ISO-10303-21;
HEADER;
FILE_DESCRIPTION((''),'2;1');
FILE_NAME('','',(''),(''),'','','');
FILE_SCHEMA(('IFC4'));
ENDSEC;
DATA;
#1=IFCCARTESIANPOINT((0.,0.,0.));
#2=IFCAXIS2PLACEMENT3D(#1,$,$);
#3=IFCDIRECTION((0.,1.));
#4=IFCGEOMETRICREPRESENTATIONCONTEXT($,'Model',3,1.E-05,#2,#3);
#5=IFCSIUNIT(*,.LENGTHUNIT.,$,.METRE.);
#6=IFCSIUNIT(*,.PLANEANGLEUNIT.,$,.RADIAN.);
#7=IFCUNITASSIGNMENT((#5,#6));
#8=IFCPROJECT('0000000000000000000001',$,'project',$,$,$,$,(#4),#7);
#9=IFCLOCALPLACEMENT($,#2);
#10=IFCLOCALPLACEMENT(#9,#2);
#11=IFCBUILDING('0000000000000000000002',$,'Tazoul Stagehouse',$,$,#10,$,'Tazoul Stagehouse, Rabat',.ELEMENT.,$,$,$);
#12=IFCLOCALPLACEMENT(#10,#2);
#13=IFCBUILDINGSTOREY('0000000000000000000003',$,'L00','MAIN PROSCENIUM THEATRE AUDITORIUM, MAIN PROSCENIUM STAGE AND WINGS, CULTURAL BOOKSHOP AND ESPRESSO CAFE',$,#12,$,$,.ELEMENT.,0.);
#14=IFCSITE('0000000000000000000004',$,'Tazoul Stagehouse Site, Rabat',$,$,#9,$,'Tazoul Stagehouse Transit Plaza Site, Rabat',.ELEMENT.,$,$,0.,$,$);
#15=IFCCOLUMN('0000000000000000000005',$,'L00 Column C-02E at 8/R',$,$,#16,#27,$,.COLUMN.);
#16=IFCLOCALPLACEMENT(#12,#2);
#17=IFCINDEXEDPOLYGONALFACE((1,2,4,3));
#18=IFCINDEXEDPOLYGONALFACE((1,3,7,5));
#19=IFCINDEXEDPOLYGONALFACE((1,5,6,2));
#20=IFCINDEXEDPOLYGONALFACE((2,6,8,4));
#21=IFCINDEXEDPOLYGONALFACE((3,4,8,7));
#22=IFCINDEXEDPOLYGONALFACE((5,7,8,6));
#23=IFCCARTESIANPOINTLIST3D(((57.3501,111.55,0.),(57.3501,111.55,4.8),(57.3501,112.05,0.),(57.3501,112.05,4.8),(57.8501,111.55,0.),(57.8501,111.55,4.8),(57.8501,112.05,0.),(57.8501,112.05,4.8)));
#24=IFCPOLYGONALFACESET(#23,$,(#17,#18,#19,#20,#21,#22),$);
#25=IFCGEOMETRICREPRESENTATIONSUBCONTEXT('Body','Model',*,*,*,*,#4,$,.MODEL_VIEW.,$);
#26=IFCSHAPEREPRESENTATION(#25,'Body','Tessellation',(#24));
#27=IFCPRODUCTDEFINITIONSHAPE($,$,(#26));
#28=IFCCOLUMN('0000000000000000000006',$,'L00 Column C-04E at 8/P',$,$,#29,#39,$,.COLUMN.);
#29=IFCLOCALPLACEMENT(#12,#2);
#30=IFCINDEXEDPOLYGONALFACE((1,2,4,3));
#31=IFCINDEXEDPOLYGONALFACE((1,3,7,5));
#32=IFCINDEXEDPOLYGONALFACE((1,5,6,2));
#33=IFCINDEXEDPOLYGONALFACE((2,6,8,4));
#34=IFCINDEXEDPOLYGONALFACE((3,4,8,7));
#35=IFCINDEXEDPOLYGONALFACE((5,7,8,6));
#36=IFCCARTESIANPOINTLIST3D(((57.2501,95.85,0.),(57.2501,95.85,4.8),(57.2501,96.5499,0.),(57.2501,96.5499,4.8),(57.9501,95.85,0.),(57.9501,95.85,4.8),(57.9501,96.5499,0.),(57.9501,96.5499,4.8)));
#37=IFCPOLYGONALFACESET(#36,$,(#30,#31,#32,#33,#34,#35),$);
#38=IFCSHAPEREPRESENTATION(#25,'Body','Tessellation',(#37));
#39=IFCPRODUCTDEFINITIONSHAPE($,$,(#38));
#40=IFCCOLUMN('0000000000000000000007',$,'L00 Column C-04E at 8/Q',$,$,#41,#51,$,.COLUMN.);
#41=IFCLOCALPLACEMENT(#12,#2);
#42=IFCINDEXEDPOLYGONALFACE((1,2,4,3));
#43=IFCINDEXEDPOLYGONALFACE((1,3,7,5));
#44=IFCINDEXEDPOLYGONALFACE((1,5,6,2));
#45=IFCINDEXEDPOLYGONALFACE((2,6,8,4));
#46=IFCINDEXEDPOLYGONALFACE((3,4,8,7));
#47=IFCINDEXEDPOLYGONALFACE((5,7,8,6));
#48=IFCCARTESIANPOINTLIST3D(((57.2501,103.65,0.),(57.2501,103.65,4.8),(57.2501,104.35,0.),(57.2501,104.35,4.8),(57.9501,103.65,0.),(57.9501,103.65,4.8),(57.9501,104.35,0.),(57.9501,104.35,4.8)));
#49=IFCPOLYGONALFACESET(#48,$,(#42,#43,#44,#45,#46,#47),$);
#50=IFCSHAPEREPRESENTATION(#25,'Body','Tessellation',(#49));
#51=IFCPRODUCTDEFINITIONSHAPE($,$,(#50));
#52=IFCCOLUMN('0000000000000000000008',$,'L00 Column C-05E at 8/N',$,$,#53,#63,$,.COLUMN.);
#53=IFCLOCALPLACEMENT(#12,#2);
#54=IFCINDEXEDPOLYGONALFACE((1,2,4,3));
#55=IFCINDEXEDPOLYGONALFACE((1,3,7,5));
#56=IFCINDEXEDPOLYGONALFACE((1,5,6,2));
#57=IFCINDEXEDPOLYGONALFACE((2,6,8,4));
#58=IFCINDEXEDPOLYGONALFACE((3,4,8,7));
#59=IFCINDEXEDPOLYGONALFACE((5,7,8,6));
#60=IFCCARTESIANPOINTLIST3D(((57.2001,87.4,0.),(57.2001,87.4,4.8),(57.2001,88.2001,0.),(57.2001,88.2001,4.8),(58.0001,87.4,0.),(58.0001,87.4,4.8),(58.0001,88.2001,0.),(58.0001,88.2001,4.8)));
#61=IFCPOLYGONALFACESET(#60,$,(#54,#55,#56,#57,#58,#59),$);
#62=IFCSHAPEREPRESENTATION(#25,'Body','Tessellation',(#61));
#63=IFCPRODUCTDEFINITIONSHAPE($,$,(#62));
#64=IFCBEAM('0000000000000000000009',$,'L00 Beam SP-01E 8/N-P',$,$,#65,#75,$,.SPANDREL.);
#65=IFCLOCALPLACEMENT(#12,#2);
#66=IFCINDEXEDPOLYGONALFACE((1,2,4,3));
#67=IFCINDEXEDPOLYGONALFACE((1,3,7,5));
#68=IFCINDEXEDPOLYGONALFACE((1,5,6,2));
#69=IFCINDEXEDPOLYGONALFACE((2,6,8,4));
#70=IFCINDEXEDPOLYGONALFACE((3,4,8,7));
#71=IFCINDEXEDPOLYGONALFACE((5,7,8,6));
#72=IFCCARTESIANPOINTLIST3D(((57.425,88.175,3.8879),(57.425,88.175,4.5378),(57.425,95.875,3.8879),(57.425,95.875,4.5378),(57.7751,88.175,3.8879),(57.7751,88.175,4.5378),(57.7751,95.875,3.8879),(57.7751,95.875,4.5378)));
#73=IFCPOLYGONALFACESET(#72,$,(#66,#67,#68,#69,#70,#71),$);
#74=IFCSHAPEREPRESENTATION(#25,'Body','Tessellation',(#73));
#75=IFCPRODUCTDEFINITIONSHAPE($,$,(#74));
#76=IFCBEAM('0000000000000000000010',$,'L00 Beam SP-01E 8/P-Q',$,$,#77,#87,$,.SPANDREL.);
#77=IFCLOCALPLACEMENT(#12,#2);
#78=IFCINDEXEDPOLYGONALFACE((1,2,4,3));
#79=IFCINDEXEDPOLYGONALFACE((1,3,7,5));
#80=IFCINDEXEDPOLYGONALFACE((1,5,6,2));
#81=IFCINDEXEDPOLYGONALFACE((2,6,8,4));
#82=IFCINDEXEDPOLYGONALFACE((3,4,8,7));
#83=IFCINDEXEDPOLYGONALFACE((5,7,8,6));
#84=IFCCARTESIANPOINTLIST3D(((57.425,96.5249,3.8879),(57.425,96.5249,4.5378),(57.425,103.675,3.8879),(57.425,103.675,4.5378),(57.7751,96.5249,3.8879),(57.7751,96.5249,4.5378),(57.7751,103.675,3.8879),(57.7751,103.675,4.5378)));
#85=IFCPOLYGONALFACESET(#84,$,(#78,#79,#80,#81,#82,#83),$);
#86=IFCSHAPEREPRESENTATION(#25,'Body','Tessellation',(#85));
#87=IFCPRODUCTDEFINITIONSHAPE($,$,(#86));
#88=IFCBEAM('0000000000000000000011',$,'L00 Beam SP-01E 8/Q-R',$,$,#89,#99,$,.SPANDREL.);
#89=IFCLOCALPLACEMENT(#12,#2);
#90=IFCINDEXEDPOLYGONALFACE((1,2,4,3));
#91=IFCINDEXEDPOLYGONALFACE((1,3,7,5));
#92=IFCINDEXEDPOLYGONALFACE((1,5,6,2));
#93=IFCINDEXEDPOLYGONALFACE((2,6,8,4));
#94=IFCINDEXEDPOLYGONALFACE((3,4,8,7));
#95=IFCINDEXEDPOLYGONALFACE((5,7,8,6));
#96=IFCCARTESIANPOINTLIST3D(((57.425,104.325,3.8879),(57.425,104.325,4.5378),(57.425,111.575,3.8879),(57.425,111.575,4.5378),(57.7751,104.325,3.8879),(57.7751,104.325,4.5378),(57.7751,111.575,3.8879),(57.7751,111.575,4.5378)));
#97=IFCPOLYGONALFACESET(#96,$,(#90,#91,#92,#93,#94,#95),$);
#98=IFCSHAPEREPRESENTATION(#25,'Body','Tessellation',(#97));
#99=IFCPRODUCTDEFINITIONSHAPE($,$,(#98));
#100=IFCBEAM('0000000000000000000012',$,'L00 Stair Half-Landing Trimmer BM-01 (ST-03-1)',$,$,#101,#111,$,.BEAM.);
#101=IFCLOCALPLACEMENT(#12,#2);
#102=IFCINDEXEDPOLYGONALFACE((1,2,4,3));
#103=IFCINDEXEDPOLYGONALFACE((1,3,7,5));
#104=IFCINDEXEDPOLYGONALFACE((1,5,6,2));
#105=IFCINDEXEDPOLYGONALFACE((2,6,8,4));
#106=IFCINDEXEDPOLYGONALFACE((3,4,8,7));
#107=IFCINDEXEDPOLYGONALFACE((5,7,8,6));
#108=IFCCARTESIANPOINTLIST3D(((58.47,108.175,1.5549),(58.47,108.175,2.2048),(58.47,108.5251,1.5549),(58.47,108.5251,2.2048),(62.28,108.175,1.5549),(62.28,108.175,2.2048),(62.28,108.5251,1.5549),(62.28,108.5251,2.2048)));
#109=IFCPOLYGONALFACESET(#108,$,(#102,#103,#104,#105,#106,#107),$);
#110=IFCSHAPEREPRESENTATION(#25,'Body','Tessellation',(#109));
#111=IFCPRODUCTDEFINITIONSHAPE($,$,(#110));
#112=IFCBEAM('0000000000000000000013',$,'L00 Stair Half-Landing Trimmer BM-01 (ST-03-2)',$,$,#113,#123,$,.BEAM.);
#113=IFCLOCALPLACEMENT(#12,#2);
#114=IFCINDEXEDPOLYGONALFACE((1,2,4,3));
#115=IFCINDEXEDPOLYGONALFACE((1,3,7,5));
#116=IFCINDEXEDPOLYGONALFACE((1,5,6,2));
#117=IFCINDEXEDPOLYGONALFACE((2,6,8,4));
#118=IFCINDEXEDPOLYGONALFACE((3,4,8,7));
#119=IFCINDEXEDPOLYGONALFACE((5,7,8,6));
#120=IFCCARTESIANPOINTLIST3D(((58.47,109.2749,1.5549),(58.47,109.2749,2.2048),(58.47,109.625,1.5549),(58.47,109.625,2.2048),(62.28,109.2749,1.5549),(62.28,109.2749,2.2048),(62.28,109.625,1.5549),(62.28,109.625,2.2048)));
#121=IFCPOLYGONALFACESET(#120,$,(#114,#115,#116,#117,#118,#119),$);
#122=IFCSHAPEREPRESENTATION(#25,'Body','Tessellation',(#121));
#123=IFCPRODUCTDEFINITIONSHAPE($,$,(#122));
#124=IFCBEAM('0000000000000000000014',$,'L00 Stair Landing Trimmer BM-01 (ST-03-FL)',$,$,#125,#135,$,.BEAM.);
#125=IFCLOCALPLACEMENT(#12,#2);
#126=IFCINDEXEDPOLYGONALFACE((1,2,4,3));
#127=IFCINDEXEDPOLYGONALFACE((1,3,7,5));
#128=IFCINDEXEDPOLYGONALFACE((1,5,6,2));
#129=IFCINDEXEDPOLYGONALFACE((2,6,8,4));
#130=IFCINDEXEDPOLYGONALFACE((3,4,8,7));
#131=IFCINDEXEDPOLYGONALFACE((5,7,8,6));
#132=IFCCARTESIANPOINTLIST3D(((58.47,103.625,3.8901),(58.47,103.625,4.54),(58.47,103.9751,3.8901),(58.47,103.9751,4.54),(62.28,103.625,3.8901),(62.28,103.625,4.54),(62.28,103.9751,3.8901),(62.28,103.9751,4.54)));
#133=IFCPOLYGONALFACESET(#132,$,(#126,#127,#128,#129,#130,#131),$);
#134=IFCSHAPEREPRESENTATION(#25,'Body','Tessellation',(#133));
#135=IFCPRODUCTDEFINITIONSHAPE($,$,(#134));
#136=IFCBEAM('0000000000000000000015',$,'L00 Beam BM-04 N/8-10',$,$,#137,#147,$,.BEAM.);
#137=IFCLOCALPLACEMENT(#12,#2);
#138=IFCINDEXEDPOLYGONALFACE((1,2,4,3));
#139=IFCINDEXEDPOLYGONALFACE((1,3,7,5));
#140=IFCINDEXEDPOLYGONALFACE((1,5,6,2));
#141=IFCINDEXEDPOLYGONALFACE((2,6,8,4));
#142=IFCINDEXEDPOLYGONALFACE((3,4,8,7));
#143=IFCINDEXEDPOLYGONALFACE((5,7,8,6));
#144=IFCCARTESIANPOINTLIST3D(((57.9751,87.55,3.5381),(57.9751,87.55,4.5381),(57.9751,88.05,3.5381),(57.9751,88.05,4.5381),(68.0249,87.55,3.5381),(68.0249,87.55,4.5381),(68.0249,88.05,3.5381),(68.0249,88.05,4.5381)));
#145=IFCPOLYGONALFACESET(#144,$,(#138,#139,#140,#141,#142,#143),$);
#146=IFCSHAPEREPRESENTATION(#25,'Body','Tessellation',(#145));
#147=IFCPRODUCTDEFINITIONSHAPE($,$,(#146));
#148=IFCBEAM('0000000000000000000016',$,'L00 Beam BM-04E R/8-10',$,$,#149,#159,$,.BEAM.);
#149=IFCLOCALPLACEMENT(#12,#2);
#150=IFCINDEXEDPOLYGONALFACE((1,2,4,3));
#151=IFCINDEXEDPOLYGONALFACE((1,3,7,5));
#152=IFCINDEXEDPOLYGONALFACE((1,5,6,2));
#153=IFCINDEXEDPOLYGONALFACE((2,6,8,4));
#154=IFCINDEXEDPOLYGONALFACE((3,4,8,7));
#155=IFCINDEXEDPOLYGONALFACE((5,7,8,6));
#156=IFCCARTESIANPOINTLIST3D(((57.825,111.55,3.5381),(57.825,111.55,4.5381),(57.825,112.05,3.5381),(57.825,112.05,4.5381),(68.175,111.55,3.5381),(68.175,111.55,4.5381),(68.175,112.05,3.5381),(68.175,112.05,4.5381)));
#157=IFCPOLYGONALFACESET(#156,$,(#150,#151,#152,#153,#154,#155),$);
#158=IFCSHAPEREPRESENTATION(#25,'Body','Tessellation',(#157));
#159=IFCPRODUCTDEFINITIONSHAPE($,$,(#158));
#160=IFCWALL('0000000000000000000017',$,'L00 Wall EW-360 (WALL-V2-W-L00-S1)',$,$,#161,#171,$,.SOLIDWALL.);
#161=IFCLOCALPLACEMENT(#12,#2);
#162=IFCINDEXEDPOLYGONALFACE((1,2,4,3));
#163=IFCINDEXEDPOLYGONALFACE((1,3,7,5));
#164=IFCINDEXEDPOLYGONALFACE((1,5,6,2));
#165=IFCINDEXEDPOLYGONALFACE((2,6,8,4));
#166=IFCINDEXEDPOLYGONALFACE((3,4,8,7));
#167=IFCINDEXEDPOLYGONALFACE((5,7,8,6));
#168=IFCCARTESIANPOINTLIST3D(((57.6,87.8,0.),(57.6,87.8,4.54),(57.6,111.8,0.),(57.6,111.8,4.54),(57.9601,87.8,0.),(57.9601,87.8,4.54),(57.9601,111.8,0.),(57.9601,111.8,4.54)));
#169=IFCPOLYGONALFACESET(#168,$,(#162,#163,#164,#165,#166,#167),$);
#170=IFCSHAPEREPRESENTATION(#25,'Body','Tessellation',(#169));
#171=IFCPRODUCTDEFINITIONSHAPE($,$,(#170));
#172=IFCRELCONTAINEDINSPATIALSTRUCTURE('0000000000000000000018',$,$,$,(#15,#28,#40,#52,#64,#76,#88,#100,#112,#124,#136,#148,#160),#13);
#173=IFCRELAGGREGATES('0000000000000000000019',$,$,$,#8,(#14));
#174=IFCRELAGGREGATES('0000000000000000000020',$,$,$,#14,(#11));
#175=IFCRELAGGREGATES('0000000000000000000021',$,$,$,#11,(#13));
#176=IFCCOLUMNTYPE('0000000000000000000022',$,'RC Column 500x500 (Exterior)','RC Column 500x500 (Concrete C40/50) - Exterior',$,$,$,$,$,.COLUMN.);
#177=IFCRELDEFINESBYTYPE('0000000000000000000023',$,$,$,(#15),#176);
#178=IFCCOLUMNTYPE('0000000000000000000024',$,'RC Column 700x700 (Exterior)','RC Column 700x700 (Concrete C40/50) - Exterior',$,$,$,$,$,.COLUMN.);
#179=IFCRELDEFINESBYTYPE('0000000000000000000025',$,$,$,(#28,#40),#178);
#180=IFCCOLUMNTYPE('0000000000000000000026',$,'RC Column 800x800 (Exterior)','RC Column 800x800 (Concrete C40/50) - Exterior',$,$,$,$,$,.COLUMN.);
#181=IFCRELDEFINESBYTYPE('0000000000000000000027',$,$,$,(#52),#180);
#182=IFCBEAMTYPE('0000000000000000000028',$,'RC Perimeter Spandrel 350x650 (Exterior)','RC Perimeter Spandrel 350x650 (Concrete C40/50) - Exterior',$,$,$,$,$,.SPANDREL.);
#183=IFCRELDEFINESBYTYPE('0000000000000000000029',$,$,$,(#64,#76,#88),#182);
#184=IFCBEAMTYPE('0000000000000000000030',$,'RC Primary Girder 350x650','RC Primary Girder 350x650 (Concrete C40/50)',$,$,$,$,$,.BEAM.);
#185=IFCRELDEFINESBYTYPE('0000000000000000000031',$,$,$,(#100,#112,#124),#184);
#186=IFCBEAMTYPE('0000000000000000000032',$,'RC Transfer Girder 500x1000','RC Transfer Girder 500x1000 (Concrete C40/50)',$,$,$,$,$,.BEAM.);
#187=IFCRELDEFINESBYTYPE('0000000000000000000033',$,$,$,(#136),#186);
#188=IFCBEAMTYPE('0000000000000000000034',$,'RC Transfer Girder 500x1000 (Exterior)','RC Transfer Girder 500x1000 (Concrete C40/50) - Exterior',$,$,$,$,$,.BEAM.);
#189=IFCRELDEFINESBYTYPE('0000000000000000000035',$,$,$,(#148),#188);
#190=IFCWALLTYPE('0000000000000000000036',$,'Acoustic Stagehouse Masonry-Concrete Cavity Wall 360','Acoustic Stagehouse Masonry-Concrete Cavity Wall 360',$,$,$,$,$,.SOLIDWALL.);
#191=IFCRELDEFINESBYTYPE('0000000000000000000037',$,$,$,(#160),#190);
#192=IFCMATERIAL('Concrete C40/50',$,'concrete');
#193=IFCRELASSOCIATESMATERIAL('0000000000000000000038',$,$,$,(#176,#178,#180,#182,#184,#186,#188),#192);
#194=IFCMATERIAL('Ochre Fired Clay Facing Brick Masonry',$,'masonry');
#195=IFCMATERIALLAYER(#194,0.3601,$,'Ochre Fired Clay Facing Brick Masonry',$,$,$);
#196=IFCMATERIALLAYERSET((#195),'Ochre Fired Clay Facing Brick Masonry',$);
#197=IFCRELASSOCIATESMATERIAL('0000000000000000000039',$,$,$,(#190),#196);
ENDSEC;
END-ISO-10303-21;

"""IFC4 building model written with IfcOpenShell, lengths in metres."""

from ifc_helpers import new_model, si_unit, direction, frame, frame_2d, origin, origin_2d, place, context, subcontext, project, spatial, rectangle, extrude, material, layer, layer_set, material_profile, profile_set, type_object, element, save


model = new_model("IFC4")

# Units and contexts
model_context = context("Model", 3, precision=1e-05, world=origin(), true_north=direction((0.0, 1.0)))
body_context = subcontext(model_context, "Body", "Model", "MODEL_VIEW")
ifc_project = project(units=[si_unit("LENGTHUNIT", "METRE"), si_unit("PLANEANGLEUNIT", "RADIAN")], contexts=[model_context])

# Site, building, storey
site_placement = place(None, origin())
site = spatial("IfcSite", under=ifc_project, at=site_placement, Name="Tazoul Stagehouse Site, Rabat", LongName="Tazoul Stagehouse Transit Plaza Site, Rabat", CompositionType="ELEMENT", RefElevation=0.0)
building_placement = place(site_placement, origin())
building = spatial("IfcBuilding", under=site, at=building_placement, Name="Tazoul Stagehouse", LongName="Tazoul Stagehouse, Rabat", CompositionType="ELEMENT")
storey_placement = place(building_placement, origin())
storey = spatial("IfcBuildingStorey", under=building, at=storey_placement, Name="L00", Description="MAIN PROSCENIUM THEATRE AUDITORIUM, MAIN PROSCENIUM STAGE AND WINGS, CULTURAL BOOKSHOP AND ESPRESSO CAFE", CompositionType="ELEMENT", Elevation=0.0)

# Columns
ifc_material_1 = material(Name="Concrete C40/50", Category="concrete")
ifc_material_profile_1 = material_profile(ifc_material_1, rectangle(XDim=0.5, YDim=0.5, at=origin_2d()), Name="RC 500x500")
ifc_profile_set_1 = profile_set([ifc_material_profile_1], Name="Concrete C40/50")
column_type_1 = type_object("IfcColumnType", Name="RC Column 500x500 (Exterior)", Description="RC Column 500x500 (Concrete C40/50) - Exterior", PredefinedType="COLUMN", material=ifc_profile_set_1)
column_1_placement = place(storey_placement, frame((57.6001, 111.8, 0.0), z_axis=(0.0, 0.0, 1.0), x_axis=(1.0, 0.0, 0.0)))
element("IfcColumn", 1, at=column_1_placement, inside=storey, type_object=column_type_1, Name="L00 Column C-02E at 8/R", PredefinedType="COLUMN", context=body_context, shape_type="SweptSolid", body=[
    extrude(rectangle(XDim=0.5, YDim=0.5, at=origin_2d()), origin(), (0.0, 0.0, 1.0), 4.8),
])
ifc_material_profile_2 = material_profile(ifc_material_1, rectangle(XDim=0.7, YDim=0.7, at=origin_2d()), Name="RC 700x700")
ifc_profile_set_2 = profile_set([ifc_material_profile_2], Name="Concrete C40/50")
column_type_2 = type_object("IfcColumnType", Name="RC Column 700x700 (Exterior)", Description="RC Column 700x700 (Concrete C40/50) - Exterior", PredefinedType="COLUMN", material=ifc_profile_set_2)
for number, where, z_axis, x_axis, name in (
    (2, (57.6001, 96.2, 0.0), (0.0, 0.0, 1.0), (1.0, 0.0, 0.0), "L00 Column C-04E at 8/P"),
    (3, (57.6001, 104.0, 0.0), (0.0, 0.0, 1.0), (1.0, 0.0, 0.0), "L00 Column C-04E at 8/Q"),
):
    element("IfcColumn", number, at=place(storey_placement, frame(where, z_axis=z_axis, x_axis=x_axis)), inside=storey, type_object=column_type_2, Name=name, PredefinedType="COLUMN", context=body_context, shape_type="SweptSolid", body=[
        extrude(rectangle(XDim=0.7, YDim=0.7, at=origin_2d()), origin(), (0.0, 0.0, 1.0), 4.8),
    ])
ifc_material_profile_3 = material_profile(ifc_material_1, rectangle(XDim=0.8, YDim=0.8, at=origin_2d()), Name="RC 800x800")
ifc_profile_set_3 = profile_set([ifc_material_profile_3], Name="Concrete C40/50")
column_type_3 = type_object("IfcColumnType", Name="RC Column 800x800 (Exterior)", Description="RC Column 800x800 (Concrete C40/50) - Exterior", PredefinedType="COLUMN", material=ifc_profile_set_3)
column_2_placement = place(storey_placement, frame((57.6001, 87.8, 0.0), z_axis=(0.0, 0.0, 1.0), x_axis=(1.0, 0.0, 0.0)))
element("IfcColumn", 4, at=column_2_placement, inside=storey, type_object=column_type_3, Name="L00 Column C-05E at 8/N", PredefinedType="COLUMN", context=body_context, shape_type="SweptSolid", body=[
    extrude(rectangle(XDim=0.8, YDim=0.8, at=origin_2d()), origin(), (0.0, 0.0, 1.0), 4.8),
])

# Beams
ifc_material_profile_4 = material_profile(ifc_material_1, rectangle(XDim=0.3501, YDim=0.6499, at=origin_2d()), Name="RC 350x650")
ifc_profile_set_4 = profile_set([ifc_material_profile_4], Name="Concrete C40/50")
beam_type_1 = type_object("IfcBeamType", Name="RC Perimeter Spandrel 350x650 (Exterior)", Description="RC Perimeter Spandrel 350x650 (Concrete C40/50) - Exterior", PredefinedType="SPANDREL", material=ifc_profile_set_4)
beam_1_placement = place(storey_placement, frame((57.6001, 88.175, 4.2129), z_axis=(0.0, 1.0, 0.0), x_axis=(-1.0, 0.0, 0.0)))
element("IfcBeam", 5, at=beam_1_placement, inside=storey, type_object=beam_type_1, Name="L00 Beam SP-01E 8/N-P", PredefinedType="SPANDREL", context=body_context, shape_type="SweptSolid", body=[
    extrude(rectangle(XDim=0.3501, YDim=0.6499, at=origin_2d()), origin(), (0.0, 0.0, 1.0), 7.7),
])
beam_2_placement = place(storey_placement, frame((57.6001, 96.5249, 4.2129), z_axis=(0.0, 1.0, 0.0), x_axis=(-1.0, 0.0, 0.0)))
element("IfcBeam", 6, at=beam_2_placement, inside=storey, type_object=beam_type_1, Name="L00 Beam SP-01E 8/P-Q", PredefinedType="SPANDREL", context=body_context, shape_type="SweptSolid", body=[
    extrude(rectangle(XDim=0.3501, YDim=0.6499, at=origin_2d()), origin(), (0.0, 0.0, 1.0), 7.1501),
])
beam_3_placement = place(storey_placement, frame((57.6001, 104.325, 4.2129), z_axis=(0.0, 1.0, 0.0), x_axis=(-1.0, 0.0, 0.0)))
element("IfcBeam", 7, at=beam_3_placement, inside=storey, type_object=beam_type_1, Name="L00 Beam SP-01E 8/Q-R", PredefinedType="SPANDREL", context=body_context, shape_type="SweptSolid", body=[
    extrude(rectangle(XDim=0.3501, YDim=0.6499, at=origin_2d()), origin(), (0.0, 0.0, 1.0), 7.25),
])
ifc_material_profile_5 = material_profile(ifc_material_1, rectangle(XDim=0.3501, YDim=0.6499, at=origin_2d()), Name="RC 350x650")
ifc_profile_set_5 = profile_set([ifc_material_profile_5], Name="Concrete C40/50")
beam_type_2 = type_object("IfcBeamType", Name="RC Primary Girder 350x650", Description="RC Primary Girder 350x650 (Concrete C40/50)", PredefinedType="BEAM", material=ifc_profile_set_5)
for number, where, z_axis, x_axis, name in (
    (8, (58.47, 108.3501, 1.8799), (1.0, 0.0, 0.0), (0.0, 1.0, 0.0), "L00 Stair Half-Landing Trimmer BM-01 (ST-03-1)"),
    (9, (58.47, 109.45, 1.8799), (1.0, 0.0, 0.0), (0.0, 1.0, 0.0), "L00 Stair Half-Landing Trimmer BM-01 (ST-03-2)"),
    (10, (58.47, 103.8, 4.2151), (1.0, 0.0, 0.0), (0.0, 1.0, 0.0), "L00 Stair Landing Trimmer BM-01 (ST-03-FL)"),
):
    element("IfcBeam", number, at=place(storey_placement, frame(where, z_axis=z_axis, x_axis=x_axis)), inside=storey, type_object=beam_type_2, Name=name, PredefinedType="BEAM", context=body_context, shape_type="SweptSolid", body=[
        extrude(rectangle(XDim=0.3501, YDim=0.6499, at=origin_2d()), origin(), (0.0, 0.0, 1.0), 3.8101),
    ])
ifc_material_profile_6 = material_profile(ifc_material_1, rectangle(XDim=0.5, YDim=1.0, at=origin_2d()), Name="RC 500x1000")
ifc_profile_set_6 = profile_set([ifc_material_profile_6], Name="Concrete C40/50")
beam_type_3 = type_object("IfcBeamType", Name="RC Transfer Girder 500x1000", Description="RC Transfer Girder 500x1000 (Concrete C40/50)", PredefinedType="BEAM", material=ifc_profile_set_6)
beam_4_placement = place(storey_placement, frame((57.9751, 87.8, 4.0381), z_axis=(1.0, 0.0, 0.0), x_axis=(0.0, 1.0, 0.0)))
element("IfcBeam", 11, at=beam_4_placement, inside=storey, type_object=beam_type_3, Name="L00 Beam BM-04 N/8-10", PredefinedType="BEAM", context=body_context, shape_type="SweptSolid", body=[
    extrude(rectangle(XDim=0.5, YDim=1.0, at=origin_2d()), origin(), (0.0, 0.0, 1.0), 10.0498),
])
ifc_material_profile_7 = material_profile(ifc_material_1, rectangle(XDim=0.5, YDim=1.0, at=origin_2d()), Name="RC 500x1000")
ifc_profile_set_7 = profile_set([ifc_material_profile_7], Name="Concrete C40/50")
beam_type_4 = type_object("IfcBeamType", Name="RC Transfer Girder 500x1000 (Exterior)", Description="RC Transfer Girder 500x1000 (Concrete C40/50) - Exterior", PredefinedType="BEAM", material=ifc_profile_set_7)
beam_5_placement = place(storey_placement, frame((57.825, 111.8, 4.0381), z_axis=(1.0, 0.0, 0.0), x_axis=(0.0, 1.0, 0.0)))
element("IfcBeam", 12, at=beam_5_placement, inside=storey, type_object=beam_type_4, Name="L00 Beam BM-04E R/8-10", PredefinedType="BEAM", context=body_context, shape_type="SweptSolid", body=[
    extrude(rectangle(XDim=0.5, YDim=1.0, at=origin_2d()), origin(), (0.0, 0.0, 1.0), 10.3501),
])

# Wall
ifc_material_2 = material(Name="Ochre Fired Clay Facing Brick Masonry", Category="masonry")
ifc_layer_1 = layer(ifc_material_2, 0.3601, Name="Ochre Fired Clay Facing Brick Masonry")
ifc_layer_set_1 = layer_set([ifc_layer_1], Name="Ochre Fired Clay Facing Brick Masonry")
wall_type_1 = type_object("IfcWallType", Name="Acoustic Stagehouse Masonry-Concrete Cavity Wall 360", Description="Acoustic Stagehouse Masonry-Concrete Cavity Wall 360", PredefinedType="SOLIDWALL", material=ifc_layer_set_1)
wall_1_placement = place(storey_placement, frame((57.78, 87.8, 0.0), z_axis=(0.0, 0.0, 1.0), x_axis=(0.0, 1.0, 0.0)))
element("IfcWall", 13, at=wall_1_placement, inside=storey, type_object=wall_type_1, Name="L00 Wall EW-360 (WALL-V2-W-L00-S1)", PredefinedType="SOLIDWALL", context=body_context, shape_type="SweptSolid", body=[
    extrude(rectangle(XDim=24.0, YDim=0.3601, at=frame_2d((12.0, 0.0))), origin(), (0.0, 0.0, 1.0), 4.54),
])

save(model, "model.ifc")
